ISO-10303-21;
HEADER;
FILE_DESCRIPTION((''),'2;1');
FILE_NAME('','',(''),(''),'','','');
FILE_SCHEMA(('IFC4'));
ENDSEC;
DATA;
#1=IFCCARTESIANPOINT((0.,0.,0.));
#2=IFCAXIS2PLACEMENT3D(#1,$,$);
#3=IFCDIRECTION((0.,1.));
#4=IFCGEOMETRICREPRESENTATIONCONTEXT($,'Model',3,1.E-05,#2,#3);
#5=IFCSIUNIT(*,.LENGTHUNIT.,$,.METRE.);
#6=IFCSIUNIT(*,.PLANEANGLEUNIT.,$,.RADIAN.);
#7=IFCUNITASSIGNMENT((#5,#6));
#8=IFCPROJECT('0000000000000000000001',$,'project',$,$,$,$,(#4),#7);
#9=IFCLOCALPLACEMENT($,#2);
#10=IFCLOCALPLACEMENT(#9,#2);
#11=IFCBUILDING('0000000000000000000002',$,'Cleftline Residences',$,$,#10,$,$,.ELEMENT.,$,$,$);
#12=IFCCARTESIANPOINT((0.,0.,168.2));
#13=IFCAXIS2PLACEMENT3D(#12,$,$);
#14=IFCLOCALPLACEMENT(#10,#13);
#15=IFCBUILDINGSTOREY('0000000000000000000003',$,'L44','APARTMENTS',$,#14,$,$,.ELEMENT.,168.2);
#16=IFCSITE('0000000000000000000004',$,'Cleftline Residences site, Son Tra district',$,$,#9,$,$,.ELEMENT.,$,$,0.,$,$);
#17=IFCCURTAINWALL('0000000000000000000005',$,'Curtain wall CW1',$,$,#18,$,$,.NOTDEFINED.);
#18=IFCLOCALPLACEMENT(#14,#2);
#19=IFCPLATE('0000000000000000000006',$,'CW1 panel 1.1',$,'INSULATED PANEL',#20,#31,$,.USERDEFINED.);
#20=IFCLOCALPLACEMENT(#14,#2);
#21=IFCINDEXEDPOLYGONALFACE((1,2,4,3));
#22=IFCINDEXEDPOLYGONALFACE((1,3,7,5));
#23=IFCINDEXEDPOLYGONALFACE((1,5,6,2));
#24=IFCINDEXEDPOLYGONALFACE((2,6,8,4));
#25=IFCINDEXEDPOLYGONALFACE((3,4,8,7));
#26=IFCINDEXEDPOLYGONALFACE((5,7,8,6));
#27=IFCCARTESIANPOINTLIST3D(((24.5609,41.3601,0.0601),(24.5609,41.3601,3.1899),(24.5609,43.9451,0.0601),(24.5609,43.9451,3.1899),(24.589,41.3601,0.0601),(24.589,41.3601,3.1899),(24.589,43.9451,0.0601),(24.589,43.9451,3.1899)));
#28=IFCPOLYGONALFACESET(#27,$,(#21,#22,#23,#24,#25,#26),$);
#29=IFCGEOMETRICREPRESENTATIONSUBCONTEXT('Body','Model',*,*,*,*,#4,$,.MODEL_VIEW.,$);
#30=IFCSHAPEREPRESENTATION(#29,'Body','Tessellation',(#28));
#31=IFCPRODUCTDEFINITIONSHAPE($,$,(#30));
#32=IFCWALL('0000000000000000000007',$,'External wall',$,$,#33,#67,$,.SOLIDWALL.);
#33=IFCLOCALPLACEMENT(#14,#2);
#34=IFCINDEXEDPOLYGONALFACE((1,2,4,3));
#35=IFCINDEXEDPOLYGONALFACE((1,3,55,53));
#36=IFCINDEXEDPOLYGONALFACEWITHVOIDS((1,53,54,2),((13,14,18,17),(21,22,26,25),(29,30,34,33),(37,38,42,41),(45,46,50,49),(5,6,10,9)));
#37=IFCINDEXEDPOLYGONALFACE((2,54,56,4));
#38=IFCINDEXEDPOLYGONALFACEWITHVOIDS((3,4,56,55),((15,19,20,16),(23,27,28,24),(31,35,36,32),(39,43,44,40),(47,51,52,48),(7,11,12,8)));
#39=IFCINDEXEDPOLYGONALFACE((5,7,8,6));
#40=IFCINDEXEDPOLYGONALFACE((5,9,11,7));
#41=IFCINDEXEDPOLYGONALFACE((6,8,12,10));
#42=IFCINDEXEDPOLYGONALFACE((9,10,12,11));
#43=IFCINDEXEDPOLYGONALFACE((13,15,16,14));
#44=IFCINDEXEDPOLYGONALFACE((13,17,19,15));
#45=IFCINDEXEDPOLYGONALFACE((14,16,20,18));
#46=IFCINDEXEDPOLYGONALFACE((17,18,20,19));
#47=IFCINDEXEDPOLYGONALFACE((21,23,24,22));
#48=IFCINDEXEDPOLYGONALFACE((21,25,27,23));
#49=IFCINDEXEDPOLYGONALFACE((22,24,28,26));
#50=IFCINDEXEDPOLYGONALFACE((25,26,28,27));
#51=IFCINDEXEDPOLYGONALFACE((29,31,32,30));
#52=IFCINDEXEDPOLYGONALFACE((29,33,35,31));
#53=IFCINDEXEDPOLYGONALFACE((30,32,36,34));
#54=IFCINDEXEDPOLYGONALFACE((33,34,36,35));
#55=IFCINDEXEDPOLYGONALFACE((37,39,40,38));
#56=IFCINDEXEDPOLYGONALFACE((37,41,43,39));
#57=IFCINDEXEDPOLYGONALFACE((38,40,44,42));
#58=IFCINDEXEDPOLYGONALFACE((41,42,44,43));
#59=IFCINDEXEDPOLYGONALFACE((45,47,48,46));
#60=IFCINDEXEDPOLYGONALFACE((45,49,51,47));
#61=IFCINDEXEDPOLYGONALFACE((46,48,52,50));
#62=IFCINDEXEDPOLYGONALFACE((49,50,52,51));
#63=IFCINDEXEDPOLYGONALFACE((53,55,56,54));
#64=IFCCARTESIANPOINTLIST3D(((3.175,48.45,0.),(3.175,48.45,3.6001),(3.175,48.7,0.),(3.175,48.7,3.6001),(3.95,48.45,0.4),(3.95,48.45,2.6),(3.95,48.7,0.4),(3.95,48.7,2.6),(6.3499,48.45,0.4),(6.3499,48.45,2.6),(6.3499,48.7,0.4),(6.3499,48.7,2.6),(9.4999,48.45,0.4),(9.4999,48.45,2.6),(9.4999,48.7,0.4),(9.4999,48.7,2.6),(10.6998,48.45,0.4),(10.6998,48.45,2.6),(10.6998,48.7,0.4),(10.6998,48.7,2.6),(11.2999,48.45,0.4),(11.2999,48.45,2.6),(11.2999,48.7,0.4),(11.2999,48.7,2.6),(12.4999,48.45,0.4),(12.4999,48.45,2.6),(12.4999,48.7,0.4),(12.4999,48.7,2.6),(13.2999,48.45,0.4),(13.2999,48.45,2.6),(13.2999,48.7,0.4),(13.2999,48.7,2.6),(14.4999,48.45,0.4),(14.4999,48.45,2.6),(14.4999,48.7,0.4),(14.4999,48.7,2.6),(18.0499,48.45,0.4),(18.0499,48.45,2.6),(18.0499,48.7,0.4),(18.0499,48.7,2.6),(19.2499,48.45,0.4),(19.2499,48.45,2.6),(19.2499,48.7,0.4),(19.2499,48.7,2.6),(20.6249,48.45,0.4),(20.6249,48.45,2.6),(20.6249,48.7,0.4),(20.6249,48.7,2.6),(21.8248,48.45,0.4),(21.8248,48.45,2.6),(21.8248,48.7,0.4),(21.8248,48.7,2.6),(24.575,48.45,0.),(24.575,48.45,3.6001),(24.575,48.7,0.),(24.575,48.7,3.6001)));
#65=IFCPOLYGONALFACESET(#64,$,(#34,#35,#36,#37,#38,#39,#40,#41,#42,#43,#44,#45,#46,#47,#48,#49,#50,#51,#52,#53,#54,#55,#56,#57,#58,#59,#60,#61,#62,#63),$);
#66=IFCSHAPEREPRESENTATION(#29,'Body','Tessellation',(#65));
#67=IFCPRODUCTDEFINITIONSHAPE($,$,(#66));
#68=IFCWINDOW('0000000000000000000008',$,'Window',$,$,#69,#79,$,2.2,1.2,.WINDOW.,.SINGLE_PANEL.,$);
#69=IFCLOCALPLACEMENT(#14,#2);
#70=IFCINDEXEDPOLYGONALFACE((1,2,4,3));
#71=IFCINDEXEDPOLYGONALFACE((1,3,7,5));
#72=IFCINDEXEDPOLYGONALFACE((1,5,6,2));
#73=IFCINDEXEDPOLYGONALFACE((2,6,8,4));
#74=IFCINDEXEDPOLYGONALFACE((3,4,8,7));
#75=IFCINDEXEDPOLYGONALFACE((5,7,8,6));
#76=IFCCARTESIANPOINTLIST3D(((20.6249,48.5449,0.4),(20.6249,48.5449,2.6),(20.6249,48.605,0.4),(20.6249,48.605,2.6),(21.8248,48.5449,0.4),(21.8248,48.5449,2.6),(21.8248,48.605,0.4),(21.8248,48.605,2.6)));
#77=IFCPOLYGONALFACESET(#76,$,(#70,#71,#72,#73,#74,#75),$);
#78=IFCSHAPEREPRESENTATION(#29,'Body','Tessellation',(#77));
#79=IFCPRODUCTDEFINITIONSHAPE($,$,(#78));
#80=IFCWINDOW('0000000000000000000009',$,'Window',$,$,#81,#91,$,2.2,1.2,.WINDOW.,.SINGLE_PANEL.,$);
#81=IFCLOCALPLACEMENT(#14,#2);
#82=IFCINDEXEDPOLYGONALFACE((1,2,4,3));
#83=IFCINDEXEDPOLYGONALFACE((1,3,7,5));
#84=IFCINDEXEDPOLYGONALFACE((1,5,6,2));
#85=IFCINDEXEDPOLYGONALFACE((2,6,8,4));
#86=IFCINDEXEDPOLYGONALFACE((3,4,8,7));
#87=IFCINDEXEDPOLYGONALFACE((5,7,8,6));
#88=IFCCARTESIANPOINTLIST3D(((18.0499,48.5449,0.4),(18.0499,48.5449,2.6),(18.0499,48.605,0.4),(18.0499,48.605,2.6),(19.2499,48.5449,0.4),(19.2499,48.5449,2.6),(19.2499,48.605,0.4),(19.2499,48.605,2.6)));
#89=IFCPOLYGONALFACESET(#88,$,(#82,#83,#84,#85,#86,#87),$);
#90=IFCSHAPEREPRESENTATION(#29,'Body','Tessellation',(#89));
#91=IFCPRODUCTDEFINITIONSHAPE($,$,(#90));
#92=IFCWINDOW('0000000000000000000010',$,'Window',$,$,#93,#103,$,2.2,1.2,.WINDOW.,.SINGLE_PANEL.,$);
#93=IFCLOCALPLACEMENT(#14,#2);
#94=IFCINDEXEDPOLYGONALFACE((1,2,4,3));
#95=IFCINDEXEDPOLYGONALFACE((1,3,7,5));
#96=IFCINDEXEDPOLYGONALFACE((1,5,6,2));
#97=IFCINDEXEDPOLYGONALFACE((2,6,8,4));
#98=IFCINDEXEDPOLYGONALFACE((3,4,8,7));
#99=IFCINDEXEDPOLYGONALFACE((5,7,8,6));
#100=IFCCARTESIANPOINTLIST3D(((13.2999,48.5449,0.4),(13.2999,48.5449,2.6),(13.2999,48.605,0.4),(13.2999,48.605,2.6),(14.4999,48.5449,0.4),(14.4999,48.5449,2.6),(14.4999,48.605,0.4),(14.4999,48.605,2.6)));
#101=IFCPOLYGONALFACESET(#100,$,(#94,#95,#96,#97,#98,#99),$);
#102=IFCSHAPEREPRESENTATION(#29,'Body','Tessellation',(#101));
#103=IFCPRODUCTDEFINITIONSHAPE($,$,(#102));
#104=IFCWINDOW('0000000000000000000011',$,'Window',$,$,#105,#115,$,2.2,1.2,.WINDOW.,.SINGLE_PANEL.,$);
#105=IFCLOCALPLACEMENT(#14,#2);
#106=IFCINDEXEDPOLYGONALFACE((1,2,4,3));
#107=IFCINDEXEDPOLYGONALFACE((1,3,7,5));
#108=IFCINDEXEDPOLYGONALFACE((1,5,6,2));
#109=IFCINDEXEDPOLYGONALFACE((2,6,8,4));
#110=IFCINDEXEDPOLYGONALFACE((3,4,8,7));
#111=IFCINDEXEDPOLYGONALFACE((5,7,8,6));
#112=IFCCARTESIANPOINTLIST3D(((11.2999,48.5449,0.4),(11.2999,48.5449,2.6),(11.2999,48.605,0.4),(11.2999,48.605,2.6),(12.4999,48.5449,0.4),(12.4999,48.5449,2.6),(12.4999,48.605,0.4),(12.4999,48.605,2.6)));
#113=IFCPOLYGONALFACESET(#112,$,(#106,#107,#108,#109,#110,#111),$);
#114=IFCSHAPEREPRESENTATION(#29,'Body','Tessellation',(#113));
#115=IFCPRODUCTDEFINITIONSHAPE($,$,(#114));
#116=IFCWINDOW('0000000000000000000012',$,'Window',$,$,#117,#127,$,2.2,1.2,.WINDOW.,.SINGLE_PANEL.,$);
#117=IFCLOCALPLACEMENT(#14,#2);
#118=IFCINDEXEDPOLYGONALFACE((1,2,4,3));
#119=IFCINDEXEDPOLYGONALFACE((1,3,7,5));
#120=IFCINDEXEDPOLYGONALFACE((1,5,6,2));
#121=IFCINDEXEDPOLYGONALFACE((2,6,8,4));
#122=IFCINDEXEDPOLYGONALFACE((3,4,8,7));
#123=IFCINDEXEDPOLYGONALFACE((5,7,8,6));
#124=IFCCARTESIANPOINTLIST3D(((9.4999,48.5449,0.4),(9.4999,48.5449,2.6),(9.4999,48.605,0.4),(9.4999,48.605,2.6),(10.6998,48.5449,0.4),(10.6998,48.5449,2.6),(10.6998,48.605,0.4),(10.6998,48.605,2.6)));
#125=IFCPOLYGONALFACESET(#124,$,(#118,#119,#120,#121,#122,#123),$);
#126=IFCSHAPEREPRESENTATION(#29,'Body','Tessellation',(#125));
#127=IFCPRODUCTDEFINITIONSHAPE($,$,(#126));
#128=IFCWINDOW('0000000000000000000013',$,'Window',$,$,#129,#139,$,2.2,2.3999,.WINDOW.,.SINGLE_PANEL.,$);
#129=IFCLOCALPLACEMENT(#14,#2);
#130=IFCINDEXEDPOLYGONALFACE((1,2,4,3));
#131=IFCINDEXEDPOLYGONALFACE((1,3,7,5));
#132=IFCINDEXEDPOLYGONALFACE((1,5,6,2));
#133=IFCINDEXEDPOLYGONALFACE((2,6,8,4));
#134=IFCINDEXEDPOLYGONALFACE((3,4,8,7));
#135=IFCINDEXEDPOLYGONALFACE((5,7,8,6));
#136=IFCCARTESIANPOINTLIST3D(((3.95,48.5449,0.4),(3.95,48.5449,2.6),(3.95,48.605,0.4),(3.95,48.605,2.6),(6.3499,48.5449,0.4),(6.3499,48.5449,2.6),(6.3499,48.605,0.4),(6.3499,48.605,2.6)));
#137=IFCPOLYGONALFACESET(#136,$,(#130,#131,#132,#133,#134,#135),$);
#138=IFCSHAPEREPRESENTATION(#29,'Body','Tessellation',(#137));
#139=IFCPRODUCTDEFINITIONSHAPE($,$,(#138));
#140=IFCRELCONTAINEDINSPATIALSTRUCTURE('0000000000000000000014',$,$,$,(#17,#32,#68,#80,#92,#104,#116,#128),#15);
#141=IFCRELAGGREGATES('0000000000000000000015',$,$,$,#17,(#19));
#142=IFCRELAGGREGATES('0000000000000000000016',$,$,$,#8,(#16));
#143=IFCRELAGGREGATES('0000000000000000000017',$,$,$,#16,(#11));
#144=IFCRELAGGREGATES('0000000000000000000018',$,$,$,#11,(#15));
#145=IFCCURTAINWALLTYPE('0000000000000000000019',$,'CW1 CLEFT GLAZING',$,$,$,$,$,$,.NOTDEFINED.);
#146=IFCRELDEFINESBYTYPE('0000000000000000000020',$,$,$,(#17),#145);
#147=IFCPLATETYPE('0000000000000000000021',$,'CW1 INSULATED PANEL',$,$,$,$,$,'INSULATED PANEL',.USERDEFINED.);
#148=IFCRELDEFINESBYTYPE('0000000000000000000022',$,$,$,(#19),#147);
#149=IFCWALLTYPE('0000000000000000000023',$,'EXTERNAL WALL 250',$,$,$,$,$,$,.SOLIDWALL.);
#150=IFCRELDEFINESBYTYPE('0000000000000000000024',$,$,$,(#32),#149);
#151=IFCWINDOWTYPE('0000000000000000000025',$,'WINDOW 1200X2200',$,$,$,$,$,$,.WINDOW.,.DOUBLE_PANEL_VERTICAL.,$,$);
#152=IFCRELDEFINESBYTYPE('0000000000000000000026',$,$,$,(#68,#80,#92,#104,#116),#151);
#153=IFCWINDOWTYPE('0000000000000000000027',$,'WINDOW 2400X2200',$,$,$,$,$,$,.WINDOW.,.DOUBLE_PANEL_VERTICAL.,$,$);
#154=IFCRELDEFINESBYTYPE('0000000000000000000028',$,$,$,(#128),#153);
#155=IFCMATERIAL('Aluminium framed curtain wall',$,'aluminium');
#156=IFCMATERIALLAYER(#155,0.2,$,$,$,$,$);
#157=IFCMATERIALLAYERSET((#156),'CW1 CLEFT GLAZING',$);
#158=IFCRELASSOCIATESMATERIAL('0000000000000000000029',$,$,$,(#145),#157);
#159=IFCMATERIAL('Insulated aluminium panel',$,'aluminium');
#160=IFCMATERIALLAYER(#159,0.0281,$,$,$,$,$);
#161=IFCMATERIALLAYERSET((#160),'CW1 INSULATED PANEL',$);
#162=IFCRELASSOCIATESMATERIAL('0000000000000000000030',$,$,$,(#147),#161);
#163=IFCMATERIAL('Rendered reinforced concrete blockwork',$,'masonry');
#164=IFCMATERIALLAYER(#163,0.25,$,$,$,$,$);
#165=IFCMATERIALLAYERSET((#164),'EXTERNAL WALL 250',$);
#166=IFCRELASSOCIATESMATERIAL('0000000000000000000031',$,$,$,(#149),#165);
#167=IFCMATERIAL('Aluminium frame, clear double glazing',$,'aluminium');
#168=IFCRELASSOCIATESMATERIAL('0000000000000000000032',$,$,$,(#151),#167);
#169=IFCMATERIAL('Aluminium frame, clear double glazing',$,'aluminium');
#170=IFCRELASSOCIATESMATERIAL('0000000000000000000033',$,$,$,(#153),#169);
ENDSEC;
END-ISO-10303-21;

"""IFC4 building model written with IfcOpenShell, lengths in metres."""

from ifc_helpers import new_model, si_unit, direction, frame, frame_2d, origin, origin_2d, place, context, subcontext, project, spatial, rectangle, extrude, material, layer, layer_set, type_object, element, fill, aggregate, save


model = new_model("IFC4")

# Units and contexts
model_context = context("Model", 3, precision=1e-05, world=origin(), true_north=direction((0.0, 1.0)))
body_context = subcontext(model_context, "Body", "Model", "MODEL_VIEW")
ifc_project = project(units=[si_unit("LENGTHUNIT", "METRE"), si_unit("PLANEANGLEUNIT", "RADIAN")], contexts=[model_context])

# Site, building, storey
site_placement = place(None, origin())
site = spatial("IfcSite", under=ifc_project, at=site_placement, Name="Cleftline Residences site, Son Tra district", CompositionType="ELEMENT", RefElevation=0.0)
building_placement = place(site_placement, origin())
building = spatial("IfcBuilding", under=site, at=building_placement, Name="Cleftline Residences", CompositionType="ELEMENT")
storey_placement = place(building_placement, frame((0.0, 0.0, 168.2)))
storey = spatial("IfcBuildingStorey", under=building, at=storey_placement, Name="L44", Description="APARTMENTS", CompositionType="ELEMENT", Elevation=168.2)

# Shared definitions
ifc_material_1 = material(Name="Aluminium framed curtain wall", Category="aluminium")
ifc_layer_1 = layer(ifc_material_1, 0.2)
ifc_layer_set_1 = layer_set([ifc_layer_1], Name="CW1 CLEFT GLAZING")
curtain_wall_type = type_object("IfcCurtainWallType", Name="CW1 CLEFT GLAZING", PredefinedType="NOTDEFINED", material=ifc_layer_set_1)

# Curtain wall, plate
curtain_wall_1_placement = place(storey_placement, origin())
curtain_wall_1 = element("IfcCurtainWall", 1, at=curtain_wall_1_placement, inside=storey, type_object=curtain_wall_type, Name="Curtain wall CW1", PredefinedType="NOTDEFINED")
ifc_material_2 = material(Name="Insulated aluminium panel", Category="aluminium")
ifc_layer_2 = layer(ifc_material_2, 0.0281)
ifc_layer_set_2 = layer_set([ifc_layer_2], Name="CW1 INSULATED PANEL")
plate_type_1 = type_object("IfcPlateType", Name="CW1 INSULATED PANEL", ElementType="INSULATED PANEL", PredefinedType="USERDEFINED", material=ifc_layer_set_2)
plate_1_placement = place(storey_placement, frame((24.575, 42.6526, 0.0601), z_axis=(0.0, 0.0, 1.0), x_axis=(0.0, 1.0, 0.0)))
plate_1 = element("IfcPlate", 2, at=plate_1_placement, type_object=plate_type_1, Name="CW1 panel 1.1", ObjectType="INSULATED PANEL", PredefinedType="USERDEFINED", context=body_context, shape_type="SweptSolid", body=[
    extrude(rectangle(XDim=2.585, YDim=0.0281, at=origin_2d()), origin(), (0.0, 0.0, 1.0), 3.1299),
])
aggregate(curtain_wall_1, [plate_1])

# Wall, openings, windows
ifc_material_3 = material(Name="Rendered reinforced concrete blockwork", Category="masonry")
ifc_layer_3 = layer(ifc_material_3, 0.25)
ifc_layer_set_3 = layer_set([ifc_layer_3], Name="EXTERNAL WALL 250")
wall_type = type_object("IfcWallType", Name="EXTERNAL WALL 250", PredefinedType="SOLIDWALL", material=ifc_layer_set_3)
wall_placement = place(storey_placement, frame((24.575, 48.575, 0.0), z_axis=(0.0, 0.0, 1.0), x_axis=(-1.0, 0.0, 0.0)))
wall = element("IfcWall", 3, at=wall_placement, inside=storey, type_object=wall_type, Name="External wall", PredefinedType="SOLIDWALL", context=body_context, shape_type="SweptSolid", body=[
    extrude(rectangle(XDim=21.3999, YDim=0.25, at=frame_2d((10.7, 0.0))), origin(), (0.0, 0.0, 1.0), 3.6001),
])
opening_1_placement = place(wall_placement, frame((2.75, 0.0, 0.3999)))
opening_1 = element("IfcOpeningElement", 4, at=opening_1_placement, cuts=wall, PredefinedType="OPENING", context=body_context, shape_type="SweptSolid", body=[
    extrude(rectangle(XDim=1.2, YDim=2.2, at=frame_2d((0.6001, 1.1001))), frame((0.0, 0.135, 0.0), z_axis=(0.0, -1.0, 0.0), x_axis=(1.0, 0.0, 0.0)), (0.0, 0.0, 1.0), 0.27),
])
opening_2_placement = place(wall_placement, frame((5.325, 0.0, 0.3999)))
opening_2 = element("IfcOpeningElement", 5, at=opening_2_placement, cuts=wall, PredefinedType="OPENING", context=body_context, shape_type="SweptSolid", body=[
    extrude(rectangle(XDim=1.2, YDim=2.2, at=frame_2d((0.6001, 1.1001))), frame((0.0, 0.135, 0.0), z_axis=(0.0, -1.0, 0.0), x_axis=(1.0, 0.0, 0.0)), (0.0, 0.0, 1.0), 0.27),
])
opening_3_placement = place(wall_placement, frame((10.075, 0.0, 0.3999)))
opening_3 = element("IfcOpeningElement", 6, at=opening_3_placement, cuts=wall, PredefinedType="OPENING", context=body_context, shape_type="SweptSolid", body=[
    extrude(rectangle(XDim=1.2, YDim=2.2, at=frame_2d((0.6001, 1.1001))), frame((0.0, 0.135, 0.0), z_axis=(0.0, -1.0, 0.0), x_axis=(1.0, 0.0, 0.0)), (0.0, 0.0, 1.0), 0.27),
])
opening_4_placement = place(wall_placement, frame((12.075, 0.0, 0.3999)))
opening_4 = element("IfcOpeningElement", 7, at=opening_4_placement, cuts=wall, PredefinedType="OPENING", context=body_context, shape_type="SweptSolid", body=[
    extrude(rectangle(XDim=1.2, YDim=2.2, at=frame_2d((0.6001, 1.1001))), frame((0.0, 0.135, 0.0), z_axis=(0.0, -1.0, 0.0), x_axis=(1.0, 0.0, 0.0)), (0.0, 0.0, 1.0), 0.27),
])
opening_5_placement = place(wall_placement, frame((13.875, 0.0, 0.3999)))
opening_5 = element("IfcOpeningElement", 8, at=opening_5_placement, cuts=wall, PredefinedType="OPENING", context=body_context, shape_type="SweptSolid", body=[
    extrude(rectangle(XDim=1.2, YDim=2.2, at=frame_2d((0.6001, 1.1001))), frame((0.0, 0.135, 0.0), z_axis=(0.0, -1.0, 0.0), x_axis=(1.0, 0.0, 0.0)), (0.0, 0.0, 1.0), 0.27),
])
opening_6_placement = place(wall_placement, frame((18.2251, 0.0, 0.3999)))
opening_6 = element("IfcOpeningElement", 9, at=opening_6_placement, cuts=wall, PredefinedType="OPENING", context=body_context, shape_type="SweptSolid", body=[
    extrude(rectangle(XDim=2.3999, YDim=2.2, at=frame_2d((1.2, 1.1001))), frame((0.0, 0.135, 0.0), z_axis=(0.0, -1.0, 0.0), x_axis=(1.0, 0.0, 0.0)), (0.0, 0.0, 1.0), 0.27),
])
ifc_material_4 = material(Name="Aluminium frame, clear double glazing", Category="aluminium")
window_type_1 = type_object("IfcWindowType", Name="WINDOW 1200X2200", PartitioningType="DOUBLE_PANEL_VERTICAL", PredefinedType="WINDOW", material=ifc_material_4)
window_1_placement = place(opening_1_placement, origin())
window_1 = element("IfcWindow", 10, at=window_1_placement, inside=storey, type_object=window_type_1, Name="Window", OverallHeight=2.2, OverallWidth=1.2, PartitioningType="SINGLE_PANEL", PredefinedType="WINDOW", context=body_context, shape_type="SweptSolid", body=[
    extrude(rectangle(XDim=1.2, YDim=2.2, at=frame_2d((0.6001, 1.1001))), frame((0.0, 0.03, 0.0), z_axis=(0.0, -1.0, 0.0), x_axis=(1.0, 0.0, 0.0)), (0.0, 0.0, 1.0), 0.0601),
])
fill(opening_1, window_1)
window_2_placement = place(opening_2_placement, origin())
window_2 = element("IfcWindow", 11, at=window_2_placement, inside=storey, type_object=window_type_1, Name="Window", OverallHeight=2.2, OverallWidth=1.2, PartitioningType="SINGLE_PANEL", PredefinedType="WINDOW", context=body_context, shape_type="SweptSolid", body=[
    extrude(rectangle(XDim=1.2, YDim=2.2, at=frame_2d((0.6001, 1.1001))), frame((0.0, 0.03, 0.0), z_axis=(0.0, -1.0, 0.0), x_axis=(1.0, 0.0, 0.0)), (0.0, 0.0, 1.0), 0.0601),
])
fill(opening_2, window_2)
window_3_placement = place(opening_3_placement, origin())
window_3 = element("IfcWindow", 12, at=window_3_placement, inside=storey, type_object=window_type_1, Name="Window", OverallHeight=2.2, OverallWidth=1.2, PartitioningType="SINGLE_PANEL", PredefinedType="WINDOW", context=body_context, shape_type="SweptSolid", body=[
    extrude(rectangle(XDim=1.2, YDim=2.2, at=frame_2d((0.6001, 1.1001))), frame((0.0, 0.03, 0.0), z_axis=(0.0, -1.0, 0.0), x_axis=(1.0, 0.0, 0.0)), (0.0, 0.0, 1.0), 0.0601),
])
fill(opening_3, window_3)
window_4_placement = place(opening_4_placement, origin())
window_4 = element("IfcWindow", 13, at=window_4_placement, inside=storey, type_object=window_type_1, Name="Window", OverallHeight=2.2, OverallWidth=1.2, PartitioningType="SINGLE_PANEL", PredefinedType="WINDOW", context=body_context, shape_type="SweptSolid", body=[
    extrude(rectangle(XDim=1.2, YDim=2.2, at=frame_2d((0.6001, 1.1001))), frame((0.0, 0.03, 0.0), z_axis=(0.0, -1.0, 0.0), x_axis=(1.0, 0.0, 0.0)), (0.0, 0.0, 1.0), 0.0601),
])
fill(opening_4, window_4)
window_5_placement = place(opening_5_placement, origin())
window_5 = element("IfcWindow", 14, at=window_5_placement, inside=storey, type_object=window_type_1, Name="Window", OverallHeight=2.2, OverallWidth=1.2, PartitioningType="SINGLE_PANEL", PredefinedType="WINDOW", context=body_context, shape_type="SweptSolid", body=[
    extrude(rectangle(XDim=1.2, YDim=2.2, at=frame_2d((0.6001, 1.1001))), frame((0.0, 0.03, 0.0), z_axis=(0.0, -1.0, 0.0), x_axis=(1.0, 0.0, 0.0)), (0.0, 0.0, 1.0), 0.0601),
])
fill(opening_5, window_5)
ifc_material_5 = material(Name="Aluminium frame, clear double glazing", Category="aluminium")
window_type_2 = type_object("IfcWindowType", Name="WINDOW 2400X2200", PartitioningType="DOUBLE_PANEL_VERTICAL", PredefinedType="WINDOW", material=ifc_material_5)
window_6_placement = place(opening_6_placement, origin())
window_6 = element("IfcWindow", 15, at=window_6_placement, inside=storey, type_object=window_type_2, Name="Window", OverallHeight=2.2, OverallWidth=2.3999, PartitioningType="SINGLE_PANEL", PredefinedType="WINDOW", context=body_context, shape_type="SweptSolid", body=[
    extrude(rectangle(XDim=2.3999, YDim=2.2, at=frame_2d((1.2, 1.1001))), frame((0.0, 0.03, 0.0), z_axis=(0.0, -1.0, 0.0), x_axis=(1.0, 0.0, 0.0)), (0.0, 0.0, 1.0), 0.0601),
])
fill(opening_6, window_6)

save(model, "model.ifc")
